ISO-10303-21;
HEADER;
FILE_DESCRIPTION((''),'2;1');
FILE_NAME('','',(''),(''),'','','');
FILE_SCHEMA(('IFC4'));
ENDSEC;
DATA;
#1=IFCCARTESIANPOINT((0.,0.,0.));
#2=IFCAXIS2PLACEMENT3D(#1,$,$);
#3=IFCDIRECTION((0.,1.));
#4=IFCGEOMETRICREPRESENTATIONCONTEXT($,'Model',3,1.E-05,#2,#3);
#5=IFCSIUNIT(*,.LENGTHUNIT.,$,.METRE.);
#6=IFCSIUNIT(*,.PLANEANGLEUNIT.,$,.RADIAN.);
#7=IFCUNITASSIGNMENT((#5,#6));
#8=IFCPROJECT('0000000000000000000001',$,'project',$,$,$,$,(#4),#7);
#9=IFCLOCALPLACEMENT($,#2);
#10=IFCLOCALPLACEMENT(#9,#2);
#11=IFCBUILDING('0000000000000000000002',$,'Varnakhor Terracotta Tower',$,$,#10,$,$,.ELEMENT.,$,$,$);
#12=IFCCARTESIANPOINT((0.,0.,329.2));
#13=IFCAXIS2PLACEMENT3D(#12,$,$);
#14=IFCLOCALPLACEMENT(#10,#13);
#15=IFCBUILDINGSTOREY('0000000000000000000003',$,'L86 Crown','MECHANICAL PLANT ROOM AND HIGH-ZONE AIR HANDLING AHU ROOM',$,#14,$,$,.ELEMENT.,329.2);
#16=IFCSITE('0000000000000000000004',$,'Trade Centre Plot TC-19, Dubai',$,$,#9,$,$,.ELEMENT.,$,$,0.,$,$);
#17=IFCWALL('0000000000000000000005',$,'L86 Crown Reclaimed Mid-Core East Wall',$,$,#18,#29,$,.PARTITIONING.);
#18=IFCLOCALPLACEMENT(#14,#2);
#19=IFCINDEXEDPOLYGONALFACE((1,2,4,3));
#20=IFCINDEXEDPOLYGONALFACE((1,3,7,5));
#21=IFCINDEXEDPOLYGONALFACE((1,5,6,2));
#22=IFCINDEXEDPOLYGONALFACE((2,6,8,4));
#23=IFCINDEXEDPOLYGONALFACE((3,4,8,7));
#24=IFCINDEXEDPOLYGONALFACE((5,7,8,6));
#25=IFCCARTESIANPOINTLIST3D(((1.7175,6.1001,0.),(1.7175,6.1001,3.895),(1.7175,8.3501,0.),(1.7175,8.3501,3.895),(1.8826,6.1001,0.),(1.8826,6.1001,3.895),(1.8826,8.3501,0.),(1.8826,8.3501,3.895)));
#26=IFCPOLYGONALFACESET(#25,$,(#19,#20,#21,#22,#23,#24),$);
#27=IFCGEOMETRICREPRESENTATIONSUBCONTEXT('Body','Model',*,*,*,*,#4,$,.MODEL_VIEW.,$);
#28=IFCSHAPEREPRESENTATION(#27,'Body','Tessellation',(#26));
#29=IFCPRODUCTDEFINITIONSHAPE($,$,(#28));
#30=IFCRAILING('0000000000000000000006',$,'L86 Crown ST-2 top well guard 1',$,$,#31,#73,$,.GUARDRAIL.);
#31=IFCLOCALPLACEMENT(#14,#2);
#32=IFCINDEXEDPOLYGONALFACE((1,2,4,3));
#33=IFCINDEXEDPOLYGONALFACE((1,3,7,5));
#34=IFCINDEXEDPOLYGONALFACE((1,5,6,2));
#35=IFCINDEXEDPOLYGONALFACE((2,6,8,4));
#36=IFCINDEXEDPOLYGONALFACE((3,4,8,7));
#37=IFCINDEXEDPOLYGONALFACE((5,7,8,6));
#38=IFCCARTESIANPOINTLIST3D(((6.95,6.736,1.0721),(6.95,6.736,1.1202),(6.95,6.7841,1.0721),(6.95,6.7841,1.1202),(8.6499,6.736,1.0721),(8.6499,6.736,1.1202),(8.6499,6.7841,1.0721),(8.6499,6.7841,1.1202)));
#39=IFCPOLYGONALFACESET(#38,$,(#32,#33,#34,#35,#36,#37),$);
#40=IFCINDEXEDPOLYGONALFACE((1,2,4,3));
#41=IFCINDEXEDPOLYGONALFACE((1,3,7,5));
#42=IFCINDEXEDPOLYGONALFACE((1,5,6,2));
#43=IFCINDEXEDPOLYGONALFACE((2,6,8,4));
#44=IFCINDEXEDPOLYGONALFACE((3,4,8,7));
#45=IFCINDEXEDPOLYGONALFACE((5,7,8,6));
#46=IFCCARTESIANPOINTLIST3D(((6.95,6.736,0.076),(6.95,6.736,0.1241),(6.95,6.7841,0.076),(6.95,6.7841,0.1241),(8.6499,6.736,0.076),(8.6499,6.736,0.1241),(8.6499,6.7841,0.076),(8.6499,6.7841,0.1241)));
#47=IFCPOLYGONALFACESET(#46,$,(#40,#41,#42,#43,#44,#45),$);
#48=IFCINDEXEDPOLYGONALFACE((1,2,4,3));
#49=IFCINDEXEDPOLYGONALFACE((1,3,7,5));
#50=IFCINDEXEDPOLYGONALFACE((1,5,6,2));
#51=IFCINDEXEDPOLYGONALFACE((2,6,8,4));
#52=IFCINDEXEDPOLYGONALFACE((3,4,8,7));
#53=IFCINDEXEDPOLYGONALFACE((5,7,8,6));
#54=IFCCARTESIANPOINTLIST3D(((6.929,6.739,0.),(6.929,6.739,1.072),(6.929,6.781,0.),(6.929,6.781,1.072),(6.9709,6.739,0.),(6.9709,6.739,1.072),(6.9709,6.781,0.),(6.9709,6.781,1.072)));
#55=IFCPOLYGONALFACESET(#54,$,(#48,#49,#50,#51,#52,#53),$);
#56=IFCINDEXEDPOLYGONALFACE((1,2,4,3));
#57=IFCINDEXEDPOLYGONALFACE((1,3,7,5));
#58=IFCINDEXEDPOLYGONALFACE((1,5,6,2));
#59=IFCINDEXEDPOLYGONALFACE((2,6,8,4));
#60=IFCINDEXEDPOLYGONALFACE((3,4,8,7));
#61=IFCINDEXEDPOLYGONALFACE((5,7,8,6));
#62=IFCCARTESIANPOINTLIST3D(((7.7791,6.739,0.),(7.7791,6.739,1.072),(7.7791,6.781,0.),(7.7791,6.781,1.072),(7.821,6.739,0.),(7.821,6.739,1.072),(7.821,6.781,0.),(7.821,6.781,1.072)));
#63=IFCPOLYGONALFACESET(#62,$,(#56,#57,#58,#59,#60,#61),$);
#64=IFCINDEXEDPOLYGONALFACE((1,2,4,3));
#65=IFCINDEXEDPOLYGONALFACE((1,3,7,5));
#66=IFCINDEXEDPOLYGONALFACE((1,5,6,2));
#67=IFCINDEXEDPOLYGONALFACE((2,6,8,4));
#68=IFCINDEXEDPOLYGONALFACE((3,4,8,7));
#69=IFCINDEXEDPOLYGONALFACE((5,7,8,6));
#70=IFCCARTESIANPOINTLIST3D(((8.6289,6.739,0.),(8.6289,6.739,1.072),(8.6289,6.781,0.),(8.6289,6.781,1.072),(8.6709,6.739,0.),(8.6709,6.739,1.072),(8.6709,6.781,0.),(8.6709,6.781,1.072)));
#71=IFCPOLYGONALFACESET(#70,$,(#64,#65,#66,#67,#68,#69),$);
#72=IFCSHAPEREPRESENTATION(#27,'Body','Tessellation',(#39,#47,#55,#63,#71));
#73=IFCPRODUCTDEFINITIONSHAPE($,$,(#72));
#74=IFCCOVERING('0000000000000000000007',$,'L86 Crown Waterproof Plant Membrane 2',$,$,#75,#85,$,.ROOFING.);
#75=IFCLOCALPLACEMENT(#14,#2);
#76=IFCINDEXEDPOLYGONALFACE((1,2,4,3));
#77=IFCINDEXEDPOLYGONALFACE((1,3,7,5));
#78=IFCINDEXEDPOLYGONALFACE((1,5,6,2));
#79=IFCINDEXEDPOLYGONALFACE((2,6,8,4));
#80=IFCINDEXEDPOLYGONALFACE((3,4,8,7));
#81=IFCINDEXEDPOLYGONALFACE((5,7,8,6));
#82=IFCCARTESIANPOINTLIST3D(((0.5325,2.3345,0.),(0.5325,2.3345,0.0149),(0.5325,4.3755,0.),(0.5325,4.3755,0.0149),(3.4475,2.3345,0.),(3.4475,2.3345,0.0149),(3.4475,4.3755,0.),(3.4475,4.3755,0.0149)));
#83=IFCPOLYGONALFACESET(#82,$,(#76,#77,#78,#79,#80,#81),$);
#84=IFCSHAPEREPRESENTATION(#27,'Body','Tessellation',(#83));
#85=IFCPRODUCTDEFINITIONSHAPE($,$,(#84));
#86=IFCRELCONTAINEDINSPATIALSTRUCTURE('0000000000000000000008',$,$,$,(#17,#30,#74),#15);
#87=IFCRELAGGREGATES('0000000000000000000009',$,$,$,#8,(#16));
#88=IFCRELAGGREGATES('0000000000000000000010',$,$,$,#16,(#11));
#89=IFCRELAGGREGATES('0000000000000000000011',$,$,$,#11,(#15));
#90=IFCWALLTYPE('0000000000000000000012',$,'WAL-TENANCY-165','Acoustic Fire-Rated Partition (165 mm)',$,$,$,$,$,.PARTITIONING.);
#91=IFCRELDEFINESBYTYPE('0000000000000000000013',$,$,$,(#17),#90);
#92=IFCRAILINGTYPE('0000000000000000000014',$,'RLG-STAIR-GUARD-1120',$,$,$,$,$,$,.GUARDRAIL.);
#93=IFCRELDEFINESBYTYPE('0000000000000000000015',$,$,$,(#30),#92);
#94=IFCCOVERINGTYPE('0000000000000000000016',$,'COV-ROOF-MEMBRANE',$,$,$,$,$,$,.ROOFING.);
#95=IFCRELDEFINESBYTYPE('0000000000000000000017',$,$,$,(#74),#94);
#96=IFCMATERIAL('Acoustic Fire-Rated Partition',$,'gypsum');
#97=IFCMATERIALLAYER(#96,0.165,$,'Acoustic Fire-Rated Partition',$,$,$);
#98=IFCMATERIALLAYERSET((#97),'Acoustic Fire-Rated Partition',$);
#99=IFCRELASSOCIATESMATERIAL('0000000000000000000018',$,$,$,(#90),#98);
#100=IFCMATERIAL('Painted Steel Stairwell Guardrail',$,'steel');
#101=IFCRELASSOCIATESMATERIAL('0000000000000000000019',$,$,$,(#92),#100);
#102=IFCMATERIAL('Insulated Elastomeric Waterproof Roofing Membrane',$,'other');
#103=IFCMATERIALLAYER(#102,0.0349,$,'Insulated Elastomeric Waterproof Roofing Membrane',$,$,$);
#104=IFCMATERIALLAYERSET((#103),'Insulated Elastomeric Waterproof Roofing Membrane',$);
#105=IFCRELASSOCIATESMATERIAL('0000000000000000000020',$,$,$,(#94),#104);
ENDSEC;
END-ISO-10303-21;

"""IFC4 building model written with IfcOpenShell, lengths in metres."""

from ifc_helpers import new_model, si_unit, direction, frame, frame_2d, origin, origin_2d, place, context, subcontext, project, spatial, rectangle, extrude, source, transform, mapped, material, layer, layer_set, type_object, element, save


model = new_model("IFC4")

# Units and contexts
model_context = context("Model", 3, precision=1e-05, world=origin(), true_north=direction((0.0, 1.0)))
body_context = subcontext(model_context, "Body", "Model", "MODEL_VIEW")
ifc_project = project(units=[si_unit("LENGTHUNIT", "METRE"), si_unit("PLANEANGLEUNIT", "RADIAN")], contexts=[model_context])

# Site, building, storey
site_placement = place(None, origin())
site = spatial("IfcSite", under=ifc_project, at=site_placement, Name="Trade Centre Plot TC-19, Dubai", CompositionType="ELEMENT", RefElevation=0.0)
building_placement = place(site_placement, origin())
building = spatial("IfcBuilding", under=site, at=building_placement, Name="Varnakhor Terracotta Tower", CompositionType="ELEMENT")
storey_placement = place(building_placement, frame((0.0, 0.0, 329.2)))
storey = spatial("IfcBuildingStorey", under=building, at=storey_placement, Name="L86 Crown", Description="MECHANICAL PLANT ROOM AND HIGH-ZONE AIR HANDLING AHU ROOM", CompositionType="ELEMENT", Elevation=329.2)

# Shared definitions
ifc_material_1 = material(Name="Acoustic Fire-Rated Partition", Category="gypsum")
ifc_layer_1 = layer(ifc_material_1, 0.165, Name="Acoustic Fire-Rated Partition")
ifc_layer_set_1 = layer_set([ifc_layer_1], Name="Acoustic Fire-Rated Partition")
wall_type_1 = type_object("IfcWallType", Name="WAL-TENANCY-165", Description="Acoustic Fire-Rated Partition (165 mm)", PredefinedType="PARTITIONING", material=ifc_layer_set_1)

# Wall
wall_1_placement = place(storey_placement, frame((1.8, 6.1001, 0.0), z_axis=(0.0, 0.0, 1.0), x_axis=(0.0, 1.0, 0.0)))
element("IfcWall", 1, at=wall_1_placement, inside=storey, type_object=wall_type_1, Name="L86 Crown Reclaimed Mid-Core East Wall", PredefinedType="PARTITIONING", context=body_context, shape_type="SweptSolid", body=[
    extrude(rectangle(XDim=2.25, YDim=0.165, at=frame_2d((1.125, 0.0))), origin(), (0.0, 0.0, 1.0), 3.895),
])

# Railing
ifc_material_2 = material(Name="Painted Steel Stairwell Guardrail", Category="steel")
railing_type = type_object("IfcRailingType", Name="RLG-STAIR-GUARD-1120", PredefinedType="GUARDRAIL", material=ifc_material_2)
railing_placement = place(storey_placement, frame((6.95, 6.76, 0.0)))
element("IfcRailing", 2, at=railing_placement, inside=storey, type_object=railing_type, Name="L86 Crown ST-2 top well guard 1", PredefinedType="GUARDRAIL", context=body_context, shape_type="SweptSolid", body=[
    extrude(rectangle(XDim=0.0481, YDim=0.0481, at=origin_2d()), frame((0.0, 0.0, 1.0962), z_axis=(1.0, 0.0, 0.0), x_axis=(0.0, 1.0, 0.0)), (0.0, 0.0, 1.0), 1.7),
    extrude(rectangle(XDim=0.0481, YDim=0.0481, at=origin_2d()), frame((0.0, 0.0, 0.1001), z_axis=(1.0, 0.0, 0.0), x_axis=(0.0, 1.0, 0.0)), (0.0, 0.0, 1.0), 1.7),
    extrude(rectangle(XDim=0.042, YDim=0.042, at=origin_2d()), origin(), (0.0, 0.0, 1.0), 1.072),
    extrude(rectangle(XDim=0.042, YDim=0.042, at=origin_2d()), frame((0.8501, 0.0, 0.0)), (0.0, 0.0, 1.0), 1.072),
    extrude(rectangle(XDim=0.042, YDim=0.042, at=origin_2d()), frame((1.7, 0.0, 0.0)), (0.0, 0.0, 1.0), 1.072),
])

# Covering
ifc_material_3 = material(Name="Insulated Elastomeric Waterproof Roofing Membrane", Category="other")
ifc_layer_2 = layer(ifc_material_3, 0.0349, Name="Insulated Elastomeric Waterproof Roofing Membrane")
ifc_layer_set_2 = layer_set([ifc_layer_2], Name="Insulated Elastomeric Waterproof Roofing Membrane")
covering_type = type_object("IfcCoveringType", Name="COV-ROOF-MEMBRANE", PredefinedType="ROOFING", material=ifc_layer_set_2)
shared_shape_1 = source(origin(), body_context, "Body", "SweptSolid", [
    extrude(rectangle(XDim=2.915, YDim=2.041, at=origin_2d()), origin(), (0.0, 0.0, 1.0), 0.0149),
])
covering_placement = place(storey_placement, frame((1.99, 3.355, 0.0), z_axis=(0.0, 0.0, 1.0), x_axis=(1.0, 0.0, 0.0)))
element("IfcCovering", 3, at=covering_placement, inside=storey, type_object=covering_type, Name="L86 Crown Waterproof Plant Membrane 2", PredefinedType="ROOFING", context=body_context, shape_type="MappedRepresentation", body=[
    mapped(shared_shape_1, transform((0.0, 0.0, 0.0), scale=1.0)),
])

save(model, "model.ifc")
